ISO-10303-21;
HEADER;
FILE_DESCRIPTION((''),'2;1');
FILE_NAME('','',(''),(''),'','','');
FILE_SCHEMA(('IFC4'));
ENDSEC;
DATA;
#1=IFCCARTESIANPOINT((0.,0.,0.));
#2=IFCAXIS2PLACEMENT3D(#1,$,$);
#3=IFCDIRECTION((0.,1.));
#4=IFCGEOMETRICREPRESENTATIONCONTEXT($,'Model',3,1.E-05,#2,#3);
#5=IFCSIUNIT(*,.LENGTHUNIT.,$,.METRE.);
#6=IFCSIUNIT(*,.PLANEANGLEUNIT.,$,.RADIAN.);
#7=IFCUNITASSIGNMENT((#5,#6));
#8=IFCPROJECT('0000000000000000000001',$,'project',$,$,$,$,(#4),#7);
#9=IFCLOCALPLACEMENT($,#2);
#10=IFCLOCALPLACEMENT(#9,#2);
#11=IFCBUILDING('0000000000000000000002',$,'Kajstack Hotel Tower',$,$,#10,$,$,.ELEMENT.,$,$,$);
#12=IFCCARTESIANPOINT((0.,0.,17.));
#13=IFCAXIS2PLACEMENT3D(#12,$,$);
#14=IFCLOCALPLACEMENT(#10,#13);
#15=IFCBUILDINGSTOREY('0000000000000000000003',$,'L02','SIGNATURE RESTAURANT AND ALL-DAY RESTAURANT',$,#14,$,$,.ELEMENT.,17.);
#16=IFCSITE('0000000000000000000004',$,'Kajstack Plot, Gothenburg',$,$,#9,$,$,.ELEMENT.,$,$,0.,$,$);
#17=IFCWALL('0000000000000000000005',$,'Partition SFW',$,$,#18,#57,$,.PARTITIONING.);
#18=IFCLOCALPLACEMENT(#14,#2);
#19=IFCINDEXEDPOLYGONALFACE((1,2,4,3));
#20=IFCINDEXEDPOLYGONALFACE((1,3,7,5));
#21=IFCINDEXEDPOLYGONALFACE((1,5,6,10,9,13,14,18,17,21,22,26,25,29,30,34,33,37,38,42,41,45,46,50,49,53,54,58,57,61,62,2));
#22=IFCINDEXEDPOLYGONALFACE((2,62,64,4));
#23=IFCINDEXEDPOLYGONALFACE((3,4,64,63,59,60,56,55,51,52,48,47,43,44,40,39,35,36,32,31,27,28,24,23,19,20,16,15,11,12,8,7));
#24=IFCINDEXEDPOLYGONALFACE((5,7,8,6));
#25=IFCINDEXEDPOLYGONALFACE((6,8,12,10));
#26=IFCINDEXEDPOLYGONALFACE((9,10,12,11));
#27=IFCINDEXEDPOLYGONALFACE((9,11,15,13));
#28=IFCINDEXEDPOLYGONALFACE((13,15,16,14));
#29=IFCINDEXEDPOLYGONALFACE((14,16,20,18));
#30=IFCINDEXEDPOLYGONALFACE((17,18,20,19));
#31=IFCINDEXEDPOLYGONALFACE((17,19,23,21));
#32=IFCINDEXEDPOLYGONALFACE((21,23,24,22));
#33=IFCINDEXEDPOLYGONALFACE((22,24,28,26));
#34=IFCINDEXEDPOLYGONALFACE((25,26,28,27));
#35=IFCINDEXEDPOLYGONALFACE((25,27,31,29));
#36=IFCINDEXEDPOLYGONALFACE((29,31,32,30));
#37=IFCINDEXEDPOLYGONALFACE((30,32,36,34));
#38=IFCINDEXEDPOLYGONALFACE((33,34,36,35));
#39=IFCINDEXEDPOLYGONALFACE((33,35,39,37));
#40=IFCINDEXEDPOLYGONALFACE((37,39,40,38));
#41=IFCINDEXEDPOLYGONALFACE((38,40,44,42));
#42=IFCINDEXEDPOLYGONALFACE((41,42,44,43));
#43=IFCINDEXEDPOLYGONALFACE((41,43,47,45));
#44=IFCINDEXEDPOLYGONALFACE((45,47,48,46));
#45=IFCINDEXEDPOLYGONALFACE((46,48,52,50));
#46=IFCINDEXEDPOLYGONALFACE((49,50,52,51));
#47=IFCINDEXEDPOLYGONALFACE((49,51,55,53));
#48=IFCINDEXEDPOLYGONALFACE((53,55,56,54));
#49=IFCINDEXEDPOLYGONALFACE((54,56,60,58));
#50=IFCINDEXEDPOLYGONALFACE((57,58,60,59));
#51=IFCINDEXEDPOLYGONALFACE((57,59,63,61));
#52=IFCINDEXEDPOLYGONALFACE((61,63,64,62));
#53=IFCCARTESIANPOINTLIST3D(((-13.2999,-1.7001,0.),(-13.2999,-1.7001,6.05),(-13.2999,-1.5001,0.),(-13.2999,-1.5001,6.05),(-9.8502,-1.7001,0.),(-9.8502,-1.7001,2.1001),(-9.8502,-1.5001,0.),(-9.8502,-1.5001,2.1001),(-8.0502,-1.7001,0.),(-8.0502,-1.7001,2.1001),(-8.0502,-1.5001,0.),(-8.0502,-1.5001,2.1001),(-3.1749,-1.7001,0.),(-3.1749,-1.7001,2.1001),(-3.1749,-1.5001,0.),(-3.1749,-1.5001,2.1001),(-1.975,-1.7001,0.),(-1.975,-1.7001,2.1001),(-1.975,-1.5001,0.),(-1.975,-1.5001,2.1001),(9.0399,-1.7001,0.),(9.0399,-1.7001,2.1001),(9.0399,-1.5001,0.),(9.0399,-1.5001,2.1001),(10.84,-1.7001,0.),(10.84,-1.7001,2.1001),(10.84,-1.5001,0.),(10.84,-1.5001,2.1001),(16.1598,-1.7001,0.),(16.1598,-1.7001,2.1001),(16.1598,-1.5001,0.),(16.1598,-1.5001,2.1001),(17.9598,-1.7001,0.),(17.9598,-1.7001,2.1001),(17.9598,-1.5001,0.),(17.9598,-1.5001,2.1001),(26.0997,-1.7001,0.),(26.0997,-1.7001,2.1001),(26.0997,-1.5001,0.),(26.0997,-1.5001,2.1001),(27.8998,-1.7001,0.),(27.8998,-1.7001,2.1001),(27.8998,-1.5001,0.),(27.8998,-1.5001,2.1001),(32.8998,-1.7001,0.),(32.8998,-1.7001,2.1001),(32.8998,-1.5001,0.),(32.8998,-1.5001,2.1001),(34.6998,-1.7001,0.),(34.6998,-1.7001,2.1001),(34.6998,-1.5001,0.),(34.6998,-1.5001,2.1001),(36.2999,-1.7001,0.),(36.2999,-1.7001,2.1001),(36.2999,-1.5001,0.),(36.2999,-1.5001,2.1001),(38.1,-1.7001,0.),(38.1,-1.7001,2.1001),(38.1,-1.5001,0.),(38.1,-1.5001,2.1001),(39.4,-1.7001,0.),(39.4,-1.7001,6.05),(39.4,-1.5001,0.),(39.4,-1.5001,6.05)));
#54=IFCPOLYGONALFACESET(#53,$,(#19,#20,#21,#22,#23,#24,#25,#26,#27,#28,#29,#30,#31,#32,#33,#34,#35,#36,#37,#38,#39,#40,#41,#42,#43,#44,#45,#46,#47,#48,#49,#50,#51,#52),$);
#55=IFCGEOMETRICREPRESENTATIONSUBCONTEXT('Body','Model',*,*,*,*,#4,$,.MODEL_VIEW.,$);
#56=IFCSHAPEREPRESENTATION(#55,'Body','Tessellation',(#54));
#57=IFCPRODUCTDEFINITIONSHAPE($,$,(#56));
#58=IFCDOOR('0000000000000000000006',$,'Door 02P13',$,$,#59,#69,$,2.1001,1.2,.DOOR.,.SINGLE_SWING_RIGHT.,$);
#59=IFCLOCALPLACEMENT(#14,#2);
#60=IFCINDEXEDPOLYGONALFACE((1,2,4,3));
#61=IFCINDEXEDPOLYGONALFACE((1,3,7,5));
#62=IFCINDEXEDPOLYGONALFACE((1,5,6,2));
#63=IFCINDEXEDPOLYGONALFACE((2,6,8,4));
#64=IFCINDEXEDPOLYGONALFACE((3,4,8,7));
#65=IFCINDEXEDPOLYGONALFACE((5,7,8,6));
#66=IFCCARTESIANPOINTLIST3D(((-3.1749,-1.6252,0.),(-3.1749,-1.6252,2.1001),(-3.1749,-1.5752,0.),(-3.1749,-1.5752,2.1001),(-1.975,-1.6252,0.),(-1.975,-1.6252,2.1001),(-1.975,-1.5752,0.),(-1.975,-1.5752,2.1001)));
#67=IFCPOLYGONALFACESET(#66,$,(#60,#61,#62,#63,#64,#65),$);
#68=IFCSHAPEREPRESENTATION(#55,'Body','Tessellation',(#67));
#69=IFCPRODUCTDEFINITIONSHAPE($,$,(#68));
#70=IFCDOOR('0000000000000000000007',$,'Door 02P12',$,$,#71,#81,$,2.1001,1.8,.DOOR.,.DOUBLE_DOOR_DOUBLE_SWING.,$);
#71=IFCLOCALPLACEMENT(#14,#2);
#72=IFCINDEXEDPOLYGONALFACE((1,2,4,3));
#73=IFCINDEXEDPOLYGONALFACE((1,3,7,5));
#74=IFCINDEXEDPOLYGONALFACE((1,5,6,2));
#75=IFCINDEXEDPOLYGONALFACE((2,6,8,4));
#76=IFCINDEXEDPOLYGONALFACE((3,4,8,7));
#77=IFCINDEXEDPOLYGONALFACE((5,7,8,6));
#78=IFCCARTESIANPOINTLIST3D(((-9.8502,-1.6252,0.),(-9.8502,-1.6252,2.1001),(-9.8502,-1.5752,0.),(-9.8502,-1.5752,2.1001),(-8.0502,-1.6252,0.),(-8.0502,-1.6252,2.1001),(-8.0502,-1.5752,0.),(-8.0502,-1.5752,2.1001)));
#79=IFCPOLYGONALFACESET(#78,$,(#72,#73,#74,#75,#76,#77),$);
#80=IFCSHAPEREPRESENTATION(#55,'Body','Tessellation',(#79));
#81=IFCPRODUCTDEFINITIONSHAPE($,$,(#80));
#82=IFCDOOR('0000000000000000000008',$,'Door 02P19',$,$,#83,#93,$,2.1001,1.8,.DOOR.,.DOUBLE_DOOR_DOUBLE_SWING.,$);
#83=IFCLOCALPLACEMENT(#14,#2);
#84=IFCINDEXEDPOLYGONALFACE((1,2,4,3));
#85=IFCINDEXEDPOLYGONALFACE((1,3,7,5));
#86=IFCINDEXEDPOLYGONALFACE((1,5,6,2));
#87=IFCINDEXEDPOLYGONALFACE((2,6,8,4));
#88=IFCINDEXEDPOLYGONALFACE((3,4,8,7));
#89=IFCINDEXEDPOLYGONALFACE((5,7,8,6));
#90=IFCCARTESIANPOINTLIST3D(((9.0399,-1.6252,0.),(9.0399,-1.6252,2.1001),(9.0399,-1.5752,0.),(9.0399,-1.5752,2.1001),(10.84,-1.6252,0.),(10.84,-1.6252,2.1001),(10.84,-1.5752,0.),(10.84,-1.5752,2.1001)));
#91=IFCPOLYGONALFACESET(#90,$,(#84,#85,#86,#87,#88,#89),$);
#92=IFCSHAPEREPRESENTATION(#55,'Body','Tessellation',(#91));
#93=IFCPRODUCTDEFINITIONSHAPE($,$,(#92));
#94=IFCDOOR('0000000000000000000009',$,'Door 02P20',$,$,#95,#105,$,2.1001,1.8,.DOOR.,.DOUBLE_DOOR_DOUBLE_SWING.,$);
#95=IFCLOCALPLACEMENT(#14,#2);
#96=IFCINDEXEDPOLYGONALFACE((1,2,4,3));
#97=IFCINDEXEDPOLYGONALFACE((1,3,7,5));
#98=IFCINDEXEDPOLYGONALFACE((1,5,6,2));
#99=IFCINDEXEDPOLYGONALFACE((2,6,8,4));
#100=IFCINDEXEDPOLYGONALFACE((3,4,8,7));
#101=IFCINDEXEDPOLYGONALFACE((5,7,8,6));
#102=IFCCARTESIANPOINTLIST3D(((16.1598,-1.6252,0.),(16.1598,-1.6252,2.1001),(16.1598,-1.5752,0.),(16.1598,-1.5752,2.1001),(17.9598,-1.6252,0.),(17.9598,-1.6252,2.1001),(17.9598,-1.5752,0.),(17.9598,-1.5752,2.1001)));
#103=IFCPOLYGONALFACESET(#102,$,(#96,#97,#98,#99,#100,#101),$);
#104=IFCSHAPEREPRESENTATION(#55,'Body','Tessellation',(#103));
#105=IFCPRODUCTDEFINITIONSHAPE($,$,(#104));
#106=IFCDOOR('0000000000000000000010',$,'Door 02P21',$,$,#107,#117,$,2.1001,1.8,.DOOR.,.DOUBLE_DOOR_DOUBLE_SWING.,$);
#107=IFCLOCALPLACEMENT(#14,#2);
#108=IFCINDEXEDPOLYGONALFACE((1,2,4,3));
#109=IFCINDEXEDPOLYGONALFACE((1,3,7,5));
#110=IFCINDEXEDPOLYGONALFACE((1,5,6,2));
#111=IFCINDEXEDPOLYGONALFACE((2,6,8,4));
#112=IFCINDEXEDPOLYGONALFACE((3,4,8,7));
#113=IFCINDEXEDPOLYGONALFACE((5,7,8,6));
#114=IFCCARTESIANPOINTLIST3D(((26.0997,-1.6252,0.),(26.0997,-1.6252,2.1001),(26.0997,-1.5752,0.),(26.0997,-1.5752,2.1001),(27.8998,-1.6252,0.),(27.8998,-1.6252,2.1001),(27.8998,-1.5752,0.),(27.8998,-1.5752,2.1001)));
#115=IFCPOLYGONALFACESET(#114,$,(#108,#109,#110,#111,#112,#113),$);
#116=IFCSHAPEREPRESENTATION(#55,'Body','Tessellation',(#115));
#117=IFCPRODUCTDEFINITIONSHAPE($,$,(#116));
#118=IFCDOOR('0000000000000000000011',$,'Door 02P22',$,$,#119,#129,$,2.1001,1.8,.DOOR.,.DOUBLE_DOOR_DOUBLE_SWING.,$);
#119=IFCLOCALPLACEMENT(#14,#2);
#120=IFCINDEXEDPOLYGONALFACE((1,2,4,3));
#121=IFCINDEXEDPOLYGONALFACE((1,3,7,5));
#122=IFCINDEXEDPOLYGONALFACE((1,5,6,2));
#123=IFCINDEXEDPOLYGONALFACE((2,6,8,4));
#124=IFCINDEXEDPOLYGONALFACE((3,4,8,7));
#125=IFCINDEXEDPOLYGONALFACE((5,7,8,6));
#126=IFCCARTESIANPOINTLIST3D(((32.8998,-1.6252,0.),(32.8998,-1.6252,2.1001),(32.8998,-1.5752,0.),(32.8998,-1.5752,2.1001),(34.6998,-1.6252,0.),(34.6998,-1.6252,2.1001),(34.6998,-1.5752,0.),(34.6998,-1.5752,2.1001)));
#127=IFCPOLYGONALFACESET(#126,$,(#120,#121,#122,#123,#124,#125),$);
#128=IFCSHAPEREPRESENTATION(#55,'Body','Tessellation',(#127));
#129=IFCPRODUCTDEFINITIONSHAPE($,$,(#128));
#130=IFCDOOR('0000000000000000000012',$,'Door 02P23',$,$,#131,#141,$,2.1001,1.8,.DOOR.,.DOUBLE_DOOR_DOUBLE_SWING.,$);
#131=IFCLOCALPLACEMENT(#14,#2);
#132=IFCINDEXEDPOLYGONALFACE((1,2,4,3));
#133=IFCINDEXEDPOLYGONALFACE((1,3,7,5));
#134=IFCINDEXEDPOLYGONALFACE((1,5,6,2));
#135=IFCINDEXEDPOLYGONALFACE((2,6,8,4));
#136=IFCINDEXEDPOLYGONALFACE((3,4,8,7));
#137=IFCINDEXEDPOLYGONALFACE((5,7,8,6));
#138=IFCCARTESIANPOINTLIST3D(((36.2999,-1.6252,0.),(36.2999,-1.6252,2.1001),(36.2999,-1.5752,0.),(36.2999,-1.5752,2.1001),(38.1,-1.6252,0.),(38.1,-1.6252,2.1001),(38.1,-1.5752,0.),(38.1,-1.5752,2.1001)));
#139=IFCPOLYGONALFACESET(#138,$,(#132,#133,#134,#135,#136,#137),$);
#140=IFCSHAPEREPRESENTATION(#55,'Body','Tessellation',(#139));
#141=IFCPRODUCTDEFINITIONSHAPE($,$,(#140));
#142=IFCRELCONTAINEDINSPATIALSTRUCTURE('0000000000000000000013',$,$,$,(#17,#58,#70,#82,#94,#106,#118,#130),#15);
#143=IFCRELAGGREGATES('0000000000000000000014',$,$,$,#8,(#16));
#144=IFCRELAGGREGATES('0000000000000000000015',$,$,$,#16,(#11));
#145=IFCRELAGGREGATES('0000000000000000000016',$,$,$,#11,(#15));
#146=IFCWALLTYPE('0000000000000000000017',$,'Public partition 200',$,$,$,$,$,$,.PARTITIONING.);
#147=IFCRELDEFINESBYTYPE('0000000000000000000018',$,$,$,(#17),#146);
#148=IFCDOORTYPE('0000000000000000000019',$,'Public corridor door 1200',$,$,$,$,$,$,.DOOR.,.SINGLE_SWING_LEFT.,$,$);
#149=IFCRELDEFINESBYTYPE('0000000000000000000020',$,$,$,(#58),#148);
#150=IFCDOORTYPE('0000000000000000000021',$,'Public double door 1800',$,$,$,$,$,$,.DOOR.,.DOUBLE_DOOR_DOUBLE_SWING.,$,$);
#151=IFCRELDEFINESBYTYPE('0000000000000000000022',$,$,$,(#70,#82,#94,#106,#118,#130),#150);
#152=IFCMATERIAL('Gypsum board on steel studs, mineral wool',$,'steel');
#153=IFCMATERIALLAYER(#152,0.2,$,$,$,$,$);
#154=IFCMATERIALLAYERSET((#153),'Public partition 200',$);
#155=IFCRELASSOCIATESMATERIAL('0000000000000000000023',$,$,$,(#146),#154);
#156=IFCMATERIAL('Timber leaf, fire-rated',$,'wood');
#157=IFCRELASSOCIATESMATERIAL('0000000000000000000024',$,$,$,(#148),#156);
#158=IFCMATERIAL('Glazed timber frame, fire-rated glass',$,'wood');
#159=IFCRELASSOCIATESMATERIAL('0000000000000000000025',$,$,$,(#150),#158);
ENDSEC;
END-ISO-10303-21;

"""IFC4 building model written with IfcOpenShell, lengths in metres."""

from ifc_helpers import new_model, si_unit, direction, frame, frame_2d, origin, place, context, subcontext, project, spatial, rectangle, extrude, material, layer, layer_set, type_object, element, fill, save


model = new_model("IFC4")

# Units and contexts
model_context = context("Model", 3, precision=1e-05, world=origin(), true_north=direction((0.0, 1.0)))
body_context = subcontext(model_context, "Body", "Model", "MODEL_VIEW")
ifc_project = project(units=[si_unit("LENGTHUNIT", "METRE"), si_unit("PLANEANGLEUNIT", "RADIAN")], contexts=[model_context])

# Site, building, storey
site_placement = place(None, origin())
site = spatial("IfcSite", under=ifc_project, at=site_placement, Name="Kajstack Plot, Gothenburg", CompositionType="ELEMENT", RefElevation=0.0)
building_placement = place(site_placement, origin())
building = spatial("IfcBuilding", under=site, at=building_placement, Name="Kajstack Hotel Tower", CompositionType="ELEMENT")
storey_placement = place(building_placement, frame((0.0, 0.0, 17.0)))
storey = spatial("IfcBuildingStorey", under=building, at=storey_placement, Name="L02", Description="SIGNATURE RESTAURANT AND ALL-DAY RESTAURANT", CompositionType="ELEMENT", Elevation=17.0)

# Shared definitions
ifc_material_1 = material(Name="Gypsum board on steel studs, mineral wool", Category="steel")
ifc_layer_1 = layer(ifc_material_1, 0.2)
ifc_layer_set_1 = layer_set([ifc_layer_1], Name="Public partition 200")
wall_type = type_object("IfcWallType", Name="Public partition 200", PredefinedType="PARTITIONING", material=ifc_layer_set_1)

# Wall, openings, doors
wall_1_placement = place(storey_placement, frame((-13.3, -1.6001, 0.0), z_axis=(0.0, 0.0, 1.0), x_axis=(1.0, 0.0, 0.0)))
wall_1 = element("IfcWall", 1, at=wall_1_placement, inside=storey, type_object=wall_type, Name="Partition SFW", PredefinedType="PARTITIONING", context=body_context, shape_type="SweptSolid", body=[
    extrude(rectangle(XDim=52.7, YDim=0.2, at=frame_2d((26.3501, 0.0))), origin(), (0.0, 0.0, 1.0), 6.05),
])
opening_1_placement = place(wall_1_placement, frame((3.45, 0.0, 0.0)))
opening_1 = element("IfcOpeningElement", 2, at=opening_1_placement, cuts=wall_1, PredefinedType="OPENING", context=body_context, shape_type="SweptSolid", body=[
    extrude(rectangle(XDim=1.8, YDim=2.1001, at=frame_2d((0.8999, 1.05))), frame((0.0, 0.1099, 0.0), z_axis=(0.0, -1.0, 0.0), x_axis=(1.0, 0.0, 0.0)), (0.0, 0.0, 1.0), 0.22),
])
opening_2_placement = place(wall_1_placement, frame((10.125, 0.0, 0.0)))
opening_2 = element("IfcOpeningElement", 3, at=opening_2_placement, cuts=wall_1, PredefinedType="OPENING", context=body_context, shape_type="SweptSolid", body=[
    extrude(rectangle(XDim=1.2, YDim=2.1001, at=frame_2d((0.6001, 1.05))), frame((0.0, 0.1099, 0.0), z_axis=(0.0, -1.0, 0.0), x_axis=(1.0, 0.0, 0.0)), (0.0, 0.0, 1.0), 0.22),
])
opening_3_placement = place(wall_1_placement, frame((22.3401, 0.0, 0.0)))
opening_3 = element("IfcOpeningElement", 4, at=opening_3_placement, cuts=wall_1, PredefinedType="OPENING", context=body_context, shape_type="SweptSolid", body=[
    extrude(rectangle(XDim=1.8, YDim=2.1001, at=frame_2d((0.8999, 1.05))), frame((0.0, 0.1099, 0.0), z_axis=(0.0, -1.0, 0.0), x_axis=(1.0, 0.0, 0.0)), (0.0, 0.0, 1.0), 0.22),
])
opening_4_placement = place(wall_1_placement, frame((29.46, 0.0, 0.0)))
opening_4 = element("IfcOpeningElement", 5, at=opening_4_placement, cuts=wall_1, PredefinedType="OPENING", context=body_context, shape_type="SweptSolid", body=[
    extrude(rectangle(XDim=1.8, YDim=2.1001, at=frame_2d((0.8999, 1.05))), frame((0.0, 0.1099, 0.0), z_axis=(0.0, -1.0, 0.0), x_axis=(1.0, 0.0, 0.0)), (0.0, 0.0, 1.0), 0.22),
])
opening_5_placement = place(wall_1_placement, frame((39.3999, 0.0, 0.0)))
opening_5 = element("IfcOpeningElement", 6, at=opening_5_placement, cuts=wall_1, PredefinedType="OPENING", context=body_context, shape_type="SweptSolid", body=[
    extrude(rectangle(XDim=1.8, YDim=2.1001, at=frame_2d((0.8999, 1.05))), frame((0.0, 0.1099, 0.0), z_axis=(0.0, -1.0, 0.0), x_axis=(1.0, 0.0, 0.0)), (0.0, 0.0, 1.0), 0.22),
])
opening_6_placement = place(wall_1_placement, frame((46.2, 0.0, 0.0)))
opening_6 = element("IfcOpeningElement", 7, at=opening_6_placement, cuts=wall_1, PredefinedType="OPENING", context=body_context, shape_type="SweptSolid", body=[
    extrude(rectangle(XDim=1.8, YDim=2.1001, at=frame_2d((0.8999, 1.05))), frame((0.0, 0.1099, 0.0), z_axis=(0.0, -1.0, 0.0), x_axis=(1.0, 0.0, 0.0)), (0.0, 0.0, 1.0), 0.22),
])
opening_7_placement = place(wall_1_placement, frame((49.6001, 0.0, 0.0)))
opening_7 = element("IfcOpeningElement", 8, at=opening_7_placement, cuts=wall_1, PredefinedType="OPENING", context=body_context, shape_type="SweptSolid", body=[
    extrude(rectangle(XDim=1.8, YDim=2.1001, at=frame_2d((0.8999, 1.05))), frame((0.0, 0.1099, 0.0), z_axis=(0.0, -1.0, 0.0), x_axis=(1.0, 0.0, 0.0)), (0.0, 0.0, 1.0), 0.22),
])
ifc_material_2 = material(Name="Timber leaf, fire-rated", Category="wood")
door_type_1 = type_object("IfcDoorType", Name="Public corridor door 1200", OperationType="SINGLE_SWING_LEFT", PredefinedType="DOOR", material=ifc_material_2)
door_1_placement = place(opening_2_placement, origin())
door_1 = element("IfcDoor", 9, at=door_1_placement, inside=storey, type_object=door_type_1, Name="Door 02P13", OperationType="SINGLE_SWING_RIGHT", OverallHeight=2.1001, OverallWidth=1.2, PredefinedType="DOOR", context=body_context, shape_type="SweptSolid", body=[
    extrude(rectangle(XDim=1.2, YDim=2.1001, at=frame_2d((0.6001, 1.05))), frame((0.0, 0.0249, 0.0), z_axis=(0.0, -1.0, 0.0), x_axis=(1.0, 0.0, 0.0)), (0.0, 0.0, 1.0), 0.05),
])
fill(opening_2, door_1)
ifc_material_3 = material(Name="Glazed timber frame, fire-rated glass", Category="wood")
door_type_2 = type_object("IfcDoorType", Name="Public double door 1800", OperationType="DOUBLE_DOOR_DOUBLE_SWING", PredefinedType="DOOR", material=ifc_material_3)
door_2_placement = place(opening_1_placement, origin())
door_2 = element("IfcDoor", 10, at=door_2_placement, inside=storey, type_object=door_type_2, Name="Door 02P12", OperationType="DOUBLE_DOOR_DOUBLE_SWING", OverallHeight=2.1001, OverallWidth=1.8, PredefinedType="DOOR", context=body_context, shape_type="SweptSolid", body=[
    extrude(rectangle(XDim=1.8, YDim=2.1001, at=frame_2d((0.8999, 1.05))), frame((0.0, 0.0249, 0.0), z_axis=(0.0, -1.0, 0.0), x_axis=(1.0, 0.0, 0.0)), (0.0, 0.0, 1.0), 0.05),
])
fill(opening_1, door_2)
door_3_placement = place(opening_3_placement, origin())
door_3 = element("IfcDoor", 11, at=door_3_placement, inside=storey, type_object=door_type_2, Name="Door 02P19", OperationType="DOUBLE_DOOR_DOUBLE_SWING", OverallHeight=2.1001, OverallWidth=1.8, PredefinedType="DOOR", context=body_context, shape_type="SweptSolid", body=[
    extrude(rectangle(XDim=1.8, YDim=2.1001, at=frame_2d((0.8999, 1.05))), frame((0.0, 0.0249, 0.0), z_axis=(0.0, -1.0, 0.0), x_axis=(1.0, 0.0, 0.0)), (0.0, 0.0, 1.0), 0.05),
])
fill(opening_3, door_3)
door_4_placement = place(opening_4_placement, origin())
door_4 = element("IfcDoor", 12, at=door_4_placement, inside=storey, type_object=door_type_2, Name="Door 02P20", OperationType="DOUBLE_DOOR_DOUBLE_SWING", OverallHeight=2.1001, OverallWidth=1.8, PredefinedType="DOOR", context=body_context, shape_type="SweptSolid", body=[
    extrude(rectangle(XDim=1.8, YDim=2.1001, at=frame_2d((0.8999, 1.05))), frame((0.0, 0.0249, 0.0), z_axis=(0.0, -1.0, 0.0), x_axis=(1.0, 0.0, 0.0)), (0.0, 0.0, 1.0), 0.05),
])
fill(opening_4, door_4)
door_5_placement = place(opening_5_placement, origin())
door_5 = element("IfcDoor", 13, at=door_5_placement, inside=storey, type_object=door_type_2, Name="Door 02P21", OperationType="DOUBLE_DOOR_DOUBLE_SWING", OverallHeight=2.1001, OverallWidth=1.8, PredefinedType="DOOR", context=body_context, shape_type="SweptSolid", body=[
    extrude(rectangle(XDim=1.8, YDim=2.1001, at=frame_2d((0.8999, 1.05))), frame((0.0, 0.0249, 0.0), z_axis=(0.0, -1.0, 0.0), x_axis=(1.0, 0.0, 0.0)), (0.0, 0.0, 1.0), 0.05),
])
fill(opening_5, door_5)
door_6_placement = place(opening_6_placement, origin())
door_6 = element("IfcDoor", 14, at=door_6_placement, inside=storey, type_object=door_type_2, Name="Door 02P22", OperationType="DOUBLE_DOOR_DOUBLE_SWING", OverallHeight=2.1001, OverallWidth=1.8, PredefinedType="DOOR", context=body_context, shape_type="SweptSolid", body=[
    extrude(rectangle(XDim=1.8, YDim=2.1001, at=frame_2d((0.8999, 1.05))), frame((0.0, 0.0249, 0.0), z_axis=(0.0, -1.0, 0.0), x_axis=(1.0, 0.0, 0.0)), (0.0, 0.0, 1.0), 0.05),
])
fill(opening_6, door_6)
door_7_placement = place(opening_7_placement, origin())
door_7 = element("IfcDoor", 15, at=door_7_placement, inside=storey, type_object=door_type_2, Name="Door 02P23", OperationType="DOUBLE_DOOR_DOUBLE_SWING", OverallHeight=2.1001, OverallWidth=1.8, PredefinedType="DOOR", context=body_context, shape_type="SweptSolid", body=[
    extrude(rectangle(XDim=1.8, YDim=2.1001, at=frame_2d((0.8999, 1.05))), frame((0.0, 0.0249, 0.0), z_axis=(0.0, -1.0, 0.0), x_axis=(1.0, 0.0, 0.0)), (0.0, 0.0, 1.0), 0.05),
])
fill(opening_7, door_7)

save(model, "model.ifc")
